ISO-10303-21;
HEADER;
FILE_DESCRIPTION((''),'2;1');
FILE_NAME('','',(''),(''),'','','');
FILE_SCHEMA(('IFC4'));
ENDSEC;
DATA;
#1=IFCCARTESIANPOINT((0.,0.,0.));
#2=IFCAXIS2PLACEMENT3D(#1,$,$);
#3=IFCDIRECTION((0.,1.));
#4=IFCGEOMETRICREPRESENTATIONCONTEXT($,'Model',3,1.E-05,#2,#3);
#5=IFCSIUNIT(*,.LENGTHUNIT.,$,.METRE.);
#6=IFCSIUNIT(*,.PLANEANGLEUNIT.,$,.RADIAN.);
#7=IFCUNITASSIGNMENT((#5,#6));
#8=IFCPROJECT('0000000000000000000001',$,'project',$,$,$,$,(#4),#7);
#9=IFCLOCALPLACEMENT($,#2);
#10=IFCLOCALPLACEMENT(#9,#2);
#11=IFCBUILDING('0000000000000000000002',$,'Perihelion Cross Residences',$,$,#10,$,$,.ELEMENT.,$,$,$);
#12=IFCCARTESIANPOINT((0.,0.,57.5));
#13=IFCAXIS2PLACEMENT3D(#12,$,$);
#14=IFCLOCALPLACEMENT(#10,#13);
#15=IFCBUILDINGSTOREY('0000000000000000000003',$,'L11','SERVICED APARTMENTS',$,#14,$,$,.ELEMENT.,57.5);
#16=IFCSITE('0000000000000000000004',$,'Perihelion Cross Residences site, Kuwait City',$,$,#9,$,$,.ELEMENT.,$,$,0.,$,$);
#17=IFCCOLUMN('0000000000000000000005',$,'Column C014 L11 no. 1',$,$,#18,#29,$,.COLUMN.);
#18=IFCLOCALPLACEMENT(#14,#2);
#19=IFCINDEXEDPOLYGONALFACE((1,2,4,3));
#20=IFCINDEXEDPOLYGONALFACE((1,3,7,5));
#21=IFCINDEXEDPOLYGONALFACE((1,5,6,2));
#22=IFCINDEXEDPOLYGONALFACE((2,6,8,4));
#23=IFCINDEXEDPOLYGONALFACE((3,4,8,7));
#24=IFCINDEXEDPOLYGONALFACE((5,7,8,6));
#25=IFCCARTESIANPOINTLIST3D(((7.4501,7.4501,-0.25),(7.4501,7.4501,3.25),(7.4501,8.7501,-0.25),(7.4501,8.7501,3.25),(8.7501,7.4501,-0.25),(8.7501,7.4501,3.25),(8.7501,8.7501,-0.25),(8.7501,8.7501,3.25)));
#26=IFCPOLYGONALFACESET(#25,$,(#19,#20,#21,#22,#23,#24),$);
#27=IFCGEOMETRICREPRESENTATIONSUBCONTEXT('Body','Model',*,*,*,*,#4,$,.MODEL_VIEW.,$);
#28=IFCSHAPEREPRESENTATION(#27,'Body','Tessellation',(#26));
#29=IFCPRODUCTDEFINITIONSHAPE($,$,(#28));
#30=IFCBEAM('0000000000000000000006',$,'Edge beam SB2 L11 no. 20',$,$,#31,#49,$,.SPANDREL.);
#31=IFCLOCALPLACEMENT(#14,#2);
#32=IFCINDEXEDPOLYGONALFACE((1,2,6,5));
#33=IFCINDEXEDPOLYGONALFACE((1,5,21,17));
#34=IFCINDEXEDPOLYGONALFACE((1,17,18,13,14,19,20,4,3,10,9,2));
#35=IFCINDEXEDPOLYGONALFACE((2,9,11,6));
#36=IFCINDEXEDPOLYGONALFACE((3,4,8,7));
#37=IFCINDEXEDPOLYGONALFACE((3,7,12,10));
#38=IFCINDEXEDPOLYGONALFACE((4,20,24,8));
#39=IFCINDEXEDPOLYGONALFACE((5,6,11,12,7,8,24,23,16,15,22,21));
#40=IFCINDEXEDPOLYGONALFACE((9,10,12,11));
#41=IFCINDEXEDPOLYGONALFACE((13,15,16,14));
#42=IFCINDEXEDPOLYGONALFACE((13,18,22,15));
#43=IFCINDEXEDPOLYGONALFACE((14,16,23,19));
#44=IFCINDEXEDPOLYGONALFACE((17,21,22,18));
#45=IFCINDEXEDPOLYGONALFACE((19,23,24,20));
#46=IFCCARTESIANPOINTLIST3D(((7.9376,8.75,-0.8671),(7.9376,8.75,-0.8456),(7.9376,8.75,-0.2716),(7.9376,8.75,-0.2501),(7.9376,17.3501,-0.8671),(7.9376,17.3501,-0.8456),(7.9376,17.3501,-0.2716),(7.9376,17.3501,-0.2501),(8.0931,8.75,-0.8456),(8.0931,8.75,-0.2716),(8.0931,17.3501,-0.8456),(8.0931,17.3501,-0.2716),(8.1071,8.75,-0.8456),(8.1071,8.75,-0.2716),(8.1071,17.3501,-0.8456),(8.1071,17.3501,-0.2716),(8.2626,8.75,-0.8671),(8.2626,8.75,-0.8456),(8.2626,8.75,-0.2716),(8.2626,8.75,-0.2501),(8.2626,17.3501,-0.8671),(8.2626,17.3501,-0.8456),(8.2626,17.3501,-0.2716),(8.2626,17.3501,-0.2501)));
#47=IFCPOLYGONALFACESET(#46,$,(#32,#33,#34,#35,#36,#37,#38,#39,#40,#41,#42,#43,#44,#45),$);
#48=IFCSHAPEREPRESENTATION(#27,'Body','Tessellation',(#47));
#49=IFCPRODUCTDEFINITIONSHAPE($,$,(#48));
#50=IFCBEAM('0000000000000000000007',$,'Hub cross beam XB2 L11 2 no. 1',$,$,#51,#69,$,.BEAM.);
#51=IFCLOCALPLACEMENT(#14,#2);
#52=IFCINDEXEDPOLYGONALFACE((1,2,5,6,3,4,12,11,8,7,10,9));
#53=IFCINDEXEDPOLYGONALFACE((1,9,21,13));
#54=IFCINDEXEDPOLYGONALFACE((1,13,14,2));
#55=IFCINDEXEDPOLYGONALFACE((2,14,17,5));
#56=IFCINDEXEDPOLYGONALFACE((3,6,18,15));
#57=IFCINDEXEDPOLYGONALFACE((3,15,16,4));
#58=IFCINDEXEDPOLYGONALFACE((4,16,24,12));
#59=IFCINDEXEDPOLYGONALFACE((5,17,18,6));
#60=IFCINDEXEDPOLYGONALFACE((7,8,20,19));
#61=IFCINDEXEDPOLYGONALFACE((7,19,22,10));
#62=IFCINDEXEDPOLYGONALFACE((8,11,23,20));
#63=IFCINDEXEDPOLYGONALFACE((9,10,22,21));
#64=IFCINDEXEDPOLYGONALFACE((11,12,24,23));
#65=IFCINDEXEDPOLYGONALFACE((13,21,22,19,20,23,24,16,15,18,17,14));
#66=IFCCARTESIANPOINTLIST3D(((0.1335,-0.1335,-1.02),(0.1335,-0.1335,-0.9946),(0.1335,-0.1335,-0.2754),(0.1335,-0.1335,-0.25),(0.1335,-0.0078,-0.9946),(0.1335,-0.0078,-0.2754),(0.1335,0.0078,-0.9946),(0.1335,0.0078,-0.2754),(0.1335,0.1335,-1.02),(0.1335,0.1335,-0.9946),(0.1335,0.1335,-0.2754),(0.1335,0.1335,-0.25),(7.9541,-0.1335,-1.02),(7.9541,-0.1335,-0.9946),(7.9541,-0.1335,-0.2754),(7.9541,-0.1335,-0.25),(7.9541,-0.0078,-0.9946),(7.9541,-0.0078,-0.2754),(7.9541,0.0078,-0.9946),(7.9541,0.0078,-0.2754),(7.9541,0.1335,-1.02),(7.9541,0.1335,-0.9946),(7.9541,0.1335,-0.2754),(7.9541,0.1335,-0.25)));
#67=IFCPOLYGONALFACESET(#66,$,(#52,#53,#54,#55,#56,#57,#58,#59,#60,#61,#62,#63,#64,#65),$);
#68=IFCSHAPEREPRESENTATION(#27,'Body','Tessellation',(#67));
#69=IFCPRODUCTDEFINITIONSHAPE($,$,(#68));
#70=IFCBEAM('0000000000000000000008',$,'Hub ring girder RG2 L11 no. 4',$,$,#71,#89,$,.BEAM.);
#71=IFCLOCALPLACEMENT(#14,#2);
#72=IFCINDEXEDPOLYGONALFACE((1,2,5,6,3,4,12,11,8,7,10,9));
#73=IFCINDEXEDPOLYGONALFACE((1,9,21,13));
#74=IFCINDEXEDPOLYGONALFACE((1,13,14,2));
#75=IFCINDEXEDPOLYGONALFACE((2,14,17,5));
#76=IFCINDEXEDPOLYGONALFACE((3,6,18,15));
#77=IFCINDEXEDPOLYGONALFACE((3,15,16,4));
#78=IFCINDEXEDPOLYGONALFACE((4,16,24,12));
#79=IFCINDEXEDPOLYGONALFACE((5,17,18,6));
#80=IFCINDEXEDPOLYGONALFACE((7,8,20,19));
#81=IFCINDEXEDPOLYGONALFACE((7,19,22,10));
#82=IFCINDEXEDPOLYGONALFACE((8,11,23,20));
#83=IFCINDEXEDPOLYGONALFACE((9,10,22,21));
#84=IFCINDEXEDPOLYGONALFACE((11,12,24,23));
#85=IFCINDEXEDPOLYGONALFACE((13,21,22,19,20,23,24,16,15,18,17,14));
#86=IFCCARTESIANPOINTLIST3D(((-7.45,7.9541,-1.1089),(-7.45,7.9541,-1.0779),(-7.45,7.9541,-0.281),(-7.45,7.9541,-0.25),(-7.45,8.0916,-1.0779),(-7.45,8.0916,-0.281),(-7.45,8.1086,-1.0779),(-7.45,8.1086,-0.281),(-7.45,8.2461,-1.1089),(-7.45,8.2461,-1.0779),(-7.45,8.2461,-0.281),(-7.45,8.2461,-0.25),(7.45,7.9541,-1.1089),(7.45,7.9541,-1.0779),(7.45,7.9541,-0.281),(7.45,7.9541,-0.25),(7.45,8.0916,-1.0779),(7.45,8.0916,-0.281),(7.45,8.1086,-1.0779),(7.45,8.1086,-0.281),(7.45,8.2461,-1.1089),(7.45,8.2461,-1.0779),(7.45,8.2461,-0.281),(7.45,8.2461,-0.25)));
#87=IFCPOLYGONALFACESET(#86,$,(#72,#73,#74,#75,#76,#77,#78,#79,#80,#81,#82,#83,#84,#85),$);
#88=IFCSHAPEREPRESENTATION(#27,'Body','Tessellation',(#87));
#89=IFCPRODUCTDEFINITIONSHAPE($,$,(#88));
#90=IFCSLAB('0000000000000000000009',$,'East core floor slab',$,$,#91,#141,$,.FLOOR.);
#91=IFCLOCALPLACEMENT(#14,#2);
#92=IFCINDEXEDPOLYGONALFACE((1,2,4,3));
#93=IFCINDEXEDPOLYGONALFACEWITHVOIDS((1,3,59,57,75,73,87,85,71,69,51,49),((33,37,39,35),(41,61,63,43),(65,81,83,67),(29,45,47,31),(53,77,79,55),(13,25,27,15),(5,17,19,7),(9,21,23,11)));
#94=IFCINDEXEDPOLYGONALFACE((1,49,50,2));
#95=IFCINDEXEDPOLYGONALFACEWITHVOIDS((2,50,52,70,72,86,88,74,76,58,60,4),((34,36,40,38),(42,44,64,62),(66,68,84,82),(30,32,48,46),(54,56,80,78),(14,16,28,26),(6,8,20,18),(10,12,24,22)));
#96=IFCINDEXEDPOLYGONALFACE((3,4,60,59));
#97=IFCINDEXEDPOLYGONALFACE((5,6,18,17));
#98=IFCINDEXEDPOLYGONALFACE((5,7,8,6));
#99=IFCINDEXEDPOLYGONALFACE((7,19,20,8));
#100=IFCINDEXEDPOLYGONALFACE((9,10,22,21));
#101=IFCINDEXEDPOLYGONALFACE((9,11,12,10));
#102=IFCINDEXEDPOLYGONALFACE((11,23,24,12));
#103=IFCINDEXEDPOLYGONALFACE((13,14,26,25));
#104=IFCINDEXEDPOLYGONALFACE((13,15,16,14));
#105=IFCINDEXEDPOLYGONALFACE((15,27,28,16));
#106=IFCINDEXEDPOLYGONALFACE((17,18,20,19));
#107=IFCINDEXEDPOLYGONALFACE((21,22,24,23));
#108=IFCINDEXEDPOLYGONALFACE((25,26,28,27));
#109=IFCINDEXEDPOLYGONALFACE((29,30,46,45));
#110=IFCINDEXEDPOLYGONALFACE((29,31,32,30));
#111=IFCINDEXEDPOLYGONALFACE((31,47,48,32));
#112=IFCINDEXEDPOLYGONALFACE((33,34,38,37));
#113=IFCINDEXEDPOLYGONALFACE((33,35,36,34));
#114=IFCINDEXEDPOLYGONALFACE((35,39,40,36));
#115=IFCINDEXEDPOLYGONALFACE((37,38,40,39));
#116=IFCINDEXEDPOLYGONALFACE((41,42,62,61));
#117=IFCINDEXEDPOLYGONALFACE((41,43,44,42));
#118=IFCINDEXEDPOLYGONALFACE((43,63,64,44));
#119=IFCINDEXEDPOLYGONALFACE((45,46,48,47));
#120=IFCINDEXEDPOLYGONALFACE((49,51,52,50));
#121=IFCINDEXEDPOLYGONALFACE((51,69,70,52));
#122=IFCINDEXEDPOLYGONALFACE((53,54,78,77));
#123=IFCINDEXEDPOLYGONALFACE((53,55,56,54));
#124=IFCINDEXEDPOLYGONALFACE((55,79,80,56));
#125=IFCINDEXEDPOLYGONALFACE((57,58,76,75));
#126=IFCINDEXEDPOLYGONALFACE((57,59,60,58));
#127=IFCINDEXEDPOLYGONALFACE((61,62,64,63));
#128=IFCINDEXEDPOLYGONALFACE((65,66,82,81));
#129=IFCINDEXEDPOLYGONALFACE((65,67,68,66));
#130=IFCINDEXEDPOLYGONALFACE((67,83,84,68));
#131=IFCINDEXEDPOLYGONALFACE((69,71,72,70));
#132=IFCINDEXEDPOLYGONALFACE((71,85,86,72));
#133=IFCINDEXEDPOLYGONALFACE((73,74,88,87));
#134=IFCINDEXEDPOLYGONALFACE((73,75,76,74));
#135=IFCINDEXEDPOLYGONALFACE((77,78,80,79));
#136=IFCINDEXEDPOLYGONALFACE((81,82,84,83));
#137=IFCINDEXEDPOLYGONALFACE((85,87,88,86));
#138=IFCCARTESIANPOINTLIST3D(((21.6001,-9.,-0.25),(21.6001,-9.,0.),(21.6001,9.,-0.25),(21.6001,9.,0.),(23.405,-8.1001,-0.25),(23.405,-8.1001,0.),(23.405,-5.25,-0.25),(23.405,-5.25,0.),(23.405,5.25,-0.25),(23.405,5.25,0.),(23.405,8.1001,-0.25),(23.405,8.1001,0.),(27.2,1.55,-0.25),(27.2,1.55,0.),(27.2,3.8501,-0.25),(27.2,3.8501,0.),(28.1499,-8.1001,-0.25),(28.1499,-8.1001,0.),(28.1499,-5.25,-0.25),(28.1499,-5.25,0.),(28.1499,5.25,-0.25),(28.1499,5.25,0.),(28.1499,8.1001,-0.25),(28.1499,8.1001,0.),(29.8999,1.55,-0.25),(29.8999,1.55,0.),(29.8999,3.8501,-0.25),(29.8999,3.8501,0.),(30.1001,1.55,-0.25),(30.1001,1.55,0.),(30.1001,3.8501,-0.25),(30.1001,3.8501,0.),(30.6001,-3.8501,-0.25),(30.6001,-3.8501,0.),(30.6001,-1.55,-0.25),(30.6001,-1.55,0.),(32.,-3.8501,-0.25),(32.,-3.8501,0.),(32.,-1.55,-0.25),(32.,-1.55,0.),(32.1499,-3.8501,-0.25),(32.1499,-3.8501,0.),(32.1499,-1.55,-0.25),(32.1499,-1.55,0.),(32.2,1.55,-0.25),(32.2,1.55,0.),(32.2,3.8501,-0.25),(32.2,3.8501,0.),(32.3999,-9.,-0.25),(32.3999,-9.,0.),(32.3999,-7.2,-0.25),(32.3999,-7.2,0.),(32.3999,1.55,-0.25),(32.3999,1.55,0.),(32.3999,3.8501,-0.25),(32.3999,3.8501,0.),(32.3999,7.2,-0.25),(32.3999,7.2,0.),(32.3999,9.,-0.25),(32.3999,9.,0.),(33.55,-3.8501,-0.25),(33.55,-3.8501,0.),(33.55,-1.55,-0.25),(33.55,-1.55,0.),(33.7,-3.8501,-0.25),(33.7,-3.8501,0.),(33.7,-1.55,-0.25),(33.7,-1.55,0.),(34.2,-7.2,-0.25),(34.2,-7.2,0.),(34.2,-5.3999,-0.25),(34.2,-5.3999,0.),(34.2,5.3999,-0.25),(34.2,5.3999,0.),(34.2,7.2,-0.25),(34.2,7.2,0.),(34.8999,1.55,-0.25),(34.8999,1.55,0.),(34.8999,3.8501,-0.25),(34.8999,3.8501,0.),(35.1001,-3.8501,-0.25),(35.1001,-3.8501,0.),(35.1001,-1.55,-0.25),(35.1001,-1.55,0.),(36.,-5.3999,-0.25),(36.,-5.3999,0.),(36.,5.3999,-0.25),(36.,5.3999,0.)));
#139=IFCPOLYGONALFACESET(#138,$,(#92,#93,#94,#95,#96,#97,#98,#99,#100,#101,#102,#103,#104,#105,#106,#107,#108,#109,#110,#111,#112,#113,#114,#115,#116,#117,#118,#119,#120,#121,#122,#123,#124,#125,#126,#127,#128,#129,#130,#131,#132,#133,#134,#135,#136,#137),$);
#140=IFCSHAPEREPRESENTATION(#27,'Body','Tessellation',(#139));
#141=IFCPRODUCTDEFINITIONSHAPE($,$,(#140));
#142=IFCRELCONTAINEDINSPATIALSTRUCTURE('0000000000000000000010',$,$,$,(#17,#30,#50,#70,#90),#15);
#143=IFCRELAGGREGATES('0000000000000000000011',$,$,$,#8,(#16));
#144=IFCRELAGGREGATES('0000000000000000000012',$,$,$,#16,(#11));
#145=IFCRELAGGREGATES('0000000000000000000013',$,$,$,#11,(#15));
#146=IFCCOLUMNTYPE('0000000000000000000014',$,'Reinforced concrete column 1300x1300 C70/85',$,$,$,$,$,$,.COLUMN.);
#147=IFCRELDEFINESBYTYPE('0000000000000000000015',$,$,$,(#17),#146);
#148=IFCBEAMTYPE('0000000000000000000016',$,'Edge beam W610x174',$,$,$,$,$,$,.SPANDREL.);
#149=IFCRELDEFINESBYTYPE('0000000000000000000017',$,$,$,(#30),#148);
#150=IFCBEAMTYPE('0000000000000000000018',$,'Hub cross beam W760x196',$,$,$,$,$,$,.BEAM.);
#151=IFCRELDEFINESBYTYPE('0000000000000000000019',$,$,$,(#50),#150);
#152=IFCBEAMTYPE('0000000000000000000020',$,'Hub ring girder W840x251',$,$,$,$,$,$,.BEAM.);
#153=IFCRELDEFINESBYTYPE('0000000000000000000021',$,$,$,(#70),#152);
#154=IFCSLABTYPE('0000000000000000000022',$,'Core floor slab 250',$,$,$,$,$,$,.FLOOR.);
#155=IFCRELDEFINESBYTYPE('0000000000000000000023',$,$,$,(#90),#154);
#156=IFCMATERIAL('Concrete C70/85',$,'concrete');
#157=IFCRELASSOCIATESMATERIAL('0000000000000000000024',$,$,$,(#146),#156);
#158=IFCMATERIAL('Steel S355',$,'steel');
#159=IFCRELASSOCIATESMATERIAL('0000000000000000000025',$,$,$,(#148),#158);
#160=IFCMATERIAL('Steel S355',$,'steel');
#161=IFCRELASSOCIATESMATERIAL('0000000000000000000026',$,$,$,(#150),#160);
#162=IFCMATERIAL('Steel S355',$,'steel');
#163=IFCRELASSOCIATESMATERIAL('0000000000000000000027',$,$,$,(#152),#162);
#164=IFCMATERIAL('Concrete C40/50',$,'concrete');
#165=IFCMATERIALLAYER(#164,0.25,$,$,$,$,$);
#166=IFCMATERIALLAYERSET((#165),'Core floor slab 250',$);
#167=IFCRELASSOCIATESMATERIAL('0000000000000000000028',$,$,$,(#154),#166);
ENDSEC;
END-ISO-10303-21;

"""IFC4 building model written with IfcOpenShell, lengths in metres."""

from ifc_helpers import new_model, si_unit, direction, frame, origin, origin_2d, place, context, subcontext, project, spatial, polyline, rectangle, i_section, outline, extrude, material, layer, layer_set, material_profile, profile_set, type_object, element, save


model = new_model("IFC4")

# Units and contexts
model_context = context("Model", 3, precision=1e-05, world=origin(), true_north=direction((0.0, 1.0)))
body_context = subcontext(model_context, "Body", "Model", "MODEL_VIEW")
ifc_project = project(units=[si_unit("LENGTHUNIT", "METRE"), si_unit("PLANEANGLEUNIT", "RADIAN")], contexts=[model_context])

# Site, building, storey
site_placement = place(None, origin())
site = spatial("IfcSite", under=ifc_project, at=site_placement, Name="Perihelion Cross Residences site, Kuwait City", CompositionType="ELEMENT", RefElevation=0.0)
building_placement = place(site_placement, origin())
building = spatial("IfcBuilding", under=site, at=building_placement, Name="Perihelion Cross Residences", CompositionType="ELEMENT")
storey_placement = place(building_placement, frame((0.0, 0.0, 57.5)))
storey = spatial("IfcBuildingStorey", under=building, at=storey_placement, Name="L11", Description="SERVICED APARTMENTS", CompositionType="ELEMENT", Elevation=57.5)

# Column
ifc_material_1 = material(Name="Concrete C70/85", Category="concrete")
ifc_material_profile_1 = material_profile(ifc_material_1, rectangle(XDim=1.3, YDim=1.3, at=origin_2d()), Name="RC 1300x1300")
ifc_profile_set_1 = profile_set([ifc_material_profile_1], Name="Concrete C70/85")
column_type = type_object("IfcColumnType", Name="Reinforced concrete column 1300x1300 C70/85", PredefinedType="COLUMN", material=ifc_profile_set_1)
column_placement = place(storey_placement, frame((8.1001, 8.1001, -0.25), z_axis=(0.0, 0.0, 1.0), x_axis=(1.0, 0.0, 0.0)))
element("IfcColumn", 1, at=column_placement, inside=storey, type_object=column_type, Name="Column C014 L11 no. 1", PredefinedType="COLUMN", context=body_context, shape_type="SweptSolid", body=[
    extrude(rectangle(XDim=1.3, YDim=1.3, at=origin_2d()), origin(), (0.0, 0.0, 1.0), 3.5),
])

# Beams
ifc_material_2 = material(Name="Steel S355", Category="steel")
ifc_material_profile_2 = material_profile(ifc_material_2, i_section(OverallWidth=0.325, OverallDepth=0.6169, WebThickness=0.0139, FlangeThickness=0.0215, at=origin_2d()), Name="W610x174")
ifc_profile_set_2 = profile_set([ifc_material_profile_2], Name="Steel S355")
beam_type_1 = type_object("IfcBeamType", Name="Edge beam W610x174", PredefinedType="SPANDREL", material=ifc_profile_set_2)
beam_1_placement = place(storey_placement, frame((8.1001, 8.75, -0.5586), z_axis=(0.0, 1.0, 0.0), x_axis=(-1.0, 0.0, 0.0)))
element("IfcBeam", 2, at=beam_1_placement, inside=storey, type_object=beam_type_1, Name="Edge beam SB2 L11 no. 20", PredefinedType="SPANDREL", context=body_context, shape_type="SweptSolid", body=[
    extrude(i_section(OverallWidth=0.325, OverallDepth=0.6169, WebThickness=0.0139, FlangeThickness=0.0215, at=origin_2d()), origin(), (0.0, 0.0, 1.0), 8.6001),
])
ifc_material_3 = material(Name="Steel S355", Category="steel")
ifc_material_profile_3 = material_profile(ifc_material_3, i_section(OverallWidth=0.2671, OverallDepth=0.77, WebThickness=0.0156, FlangeThickness=0.0254, at=origin_2d()), Name="W760x196")
ifc_profile_set_3 = profile_set([ifc_material_profile_3], Name="Steel S355")
beam_type_2 = type_object("IfcBeamType", Name="Hub cross beam W760x196", PredefinedType="BEAM", material=ifc_profile_set_3)
beam_2_placement = place(storey_placement, frame((0.1335, 0.0, -0.635), z_axis=(1.0, 0.0, 0.0), x_axis=(0.0, 1.0, 0.0)))
element("IfcBeam", 3, at=beam_2_placement, inside=storey, type_object=beam_type_2, Name="Hub cross beam XB2 L11 2 no. 1", PredefinedType="BEAM", context=body_context, shape_type="SweptSolid", body=[
    extrude(i_section(OverallWidth=0.2671, OverallDepth=0.77, WebThickness=0.0156, FlangeThickness=0.0254, at=origin_2d()), origin(), (0.0, 0.0, 1.0), 7.8206),
])
ifc_material_4 = material(Name="Steel S355", Category="steel")
ifc_material_profile_4 = material_profile(ifc_material_4, i_section(OverallWidth=0.292, OverallDepth=0.8589, WebThickness=0.0171, FlangeThickness=0.031, at=origin_2d()), Name="W840x251")
ifc_profile_set_4 = profile_set([ifc_material_profile_4], Name="Steel S355")
beam_type_3 = type_object("IfcBeamType", Name="Hub ring girder W840x251", PredefinedType="BEAM", material=ifc_profile_set_4)
beam_3_placement = place(storey_placement, frame((7.45, 8.1001, -0.6794), z_axis=(-1.0, 0.0, 0.0), x_axis=(0.0, -1.0, 0.0)))
element("IfcBeam", 4, at=beam_3_placement, inside=storey, type_object=beam_type_3, Name="Hub ring girder RG2 L11 no. 4", PredefinedType="BEAM", context=body_context, shape_type="SweptSolid", body=[
    extrude(i_section(OverallWidth=0.292, OverallDepth=0.8589, WebThickness=0.0171, FlangeThickness=0.031, at=origin_2d()), origin(), (0.0, 0.0, 1.0), 14.8999),
])

# Slab
ifc_material_5 = material(Name="Concrete C40/50", Category="concrete")
ifc_layer_1 = layer(ifc_material_5, 0.25)
ifc_layer_set_1 = layer_set([ifc_layer_1], Name="Core floor slab 250")
slab_type_1 = type_object("IfcSlabType", Name="Core floor slab 250", PredefinedType="FLOOR", material=ifc_layer_set_1)
slab_1_placement = place(storey_placement, frame((0.0, 0.0, -0.25)))
element("IfcSlab", 5, at=slab_1_placement, inside=storey, type_object=slab_type_1, Name="East core floor slab", PredefinedType="FLOOR", context=body_context, shape_type="SweptSolid", body=[
    extrude(outline(polyline([(32.3999, 7.2), (34.2, 7.2), (34.2, 5.3999), (36.0, 5.3999), (36.0, -5.3999), (34.2, -5.3999), (34.2, -7.2), (32.3999, -7.2), (32.3999, -9.0), (21.6001, -9.0), (21.6001, 9.0), (32.3999, 9.0), (32.3999, 7.2)]), holes=[polyline([(23.405, -8.1001), (28.1499, -8.1001), (28.1499, -5.25), (23.405, -5.25), (23.405, -8.1001)]), polyline([(30.6001, -1.55), (30.6001, -3.8501), (32.0, -3.8501), (32.0, -1.55), (30.6001, -1.55)]), polyline([(32.1499, -1.55), (32.1499, -3.8501), (33.55, -3.8501), (33.55, -1.55), (32.1499, -1.55)]), polyline([(33.7, -1.55), (33.7, -3.8501), (35.1001, -3.8501), (35.1001, -1.55), (33.7, -1.55)]), polyline([(27.2, 3.8501), (27.2, 1.55), (29.8999, 1.55), (29.8999, 3.8501), (27.2, 3.8501)]), polyline([(30.1001, 3.8501), (30.1001, 1.55), (32.2, 1.55), (32.2, 3.8501), (30.1001, 3.8501)]), polyline([(32.3999, 3.8501), (32.3999, 1.55), (34.8999, 1.55), (34.8999, 3.8501), (32.3999, 3.8501)]), polyline([(23.405, 5.25), (28.1499, 5.25), (28.1499, 8.1001), (23.405, 8.1001), (23.405, 5.25)])]), origin(), (0.0, 0.0, 1.0), 0.25),
])

save(model, "model.ifc")
